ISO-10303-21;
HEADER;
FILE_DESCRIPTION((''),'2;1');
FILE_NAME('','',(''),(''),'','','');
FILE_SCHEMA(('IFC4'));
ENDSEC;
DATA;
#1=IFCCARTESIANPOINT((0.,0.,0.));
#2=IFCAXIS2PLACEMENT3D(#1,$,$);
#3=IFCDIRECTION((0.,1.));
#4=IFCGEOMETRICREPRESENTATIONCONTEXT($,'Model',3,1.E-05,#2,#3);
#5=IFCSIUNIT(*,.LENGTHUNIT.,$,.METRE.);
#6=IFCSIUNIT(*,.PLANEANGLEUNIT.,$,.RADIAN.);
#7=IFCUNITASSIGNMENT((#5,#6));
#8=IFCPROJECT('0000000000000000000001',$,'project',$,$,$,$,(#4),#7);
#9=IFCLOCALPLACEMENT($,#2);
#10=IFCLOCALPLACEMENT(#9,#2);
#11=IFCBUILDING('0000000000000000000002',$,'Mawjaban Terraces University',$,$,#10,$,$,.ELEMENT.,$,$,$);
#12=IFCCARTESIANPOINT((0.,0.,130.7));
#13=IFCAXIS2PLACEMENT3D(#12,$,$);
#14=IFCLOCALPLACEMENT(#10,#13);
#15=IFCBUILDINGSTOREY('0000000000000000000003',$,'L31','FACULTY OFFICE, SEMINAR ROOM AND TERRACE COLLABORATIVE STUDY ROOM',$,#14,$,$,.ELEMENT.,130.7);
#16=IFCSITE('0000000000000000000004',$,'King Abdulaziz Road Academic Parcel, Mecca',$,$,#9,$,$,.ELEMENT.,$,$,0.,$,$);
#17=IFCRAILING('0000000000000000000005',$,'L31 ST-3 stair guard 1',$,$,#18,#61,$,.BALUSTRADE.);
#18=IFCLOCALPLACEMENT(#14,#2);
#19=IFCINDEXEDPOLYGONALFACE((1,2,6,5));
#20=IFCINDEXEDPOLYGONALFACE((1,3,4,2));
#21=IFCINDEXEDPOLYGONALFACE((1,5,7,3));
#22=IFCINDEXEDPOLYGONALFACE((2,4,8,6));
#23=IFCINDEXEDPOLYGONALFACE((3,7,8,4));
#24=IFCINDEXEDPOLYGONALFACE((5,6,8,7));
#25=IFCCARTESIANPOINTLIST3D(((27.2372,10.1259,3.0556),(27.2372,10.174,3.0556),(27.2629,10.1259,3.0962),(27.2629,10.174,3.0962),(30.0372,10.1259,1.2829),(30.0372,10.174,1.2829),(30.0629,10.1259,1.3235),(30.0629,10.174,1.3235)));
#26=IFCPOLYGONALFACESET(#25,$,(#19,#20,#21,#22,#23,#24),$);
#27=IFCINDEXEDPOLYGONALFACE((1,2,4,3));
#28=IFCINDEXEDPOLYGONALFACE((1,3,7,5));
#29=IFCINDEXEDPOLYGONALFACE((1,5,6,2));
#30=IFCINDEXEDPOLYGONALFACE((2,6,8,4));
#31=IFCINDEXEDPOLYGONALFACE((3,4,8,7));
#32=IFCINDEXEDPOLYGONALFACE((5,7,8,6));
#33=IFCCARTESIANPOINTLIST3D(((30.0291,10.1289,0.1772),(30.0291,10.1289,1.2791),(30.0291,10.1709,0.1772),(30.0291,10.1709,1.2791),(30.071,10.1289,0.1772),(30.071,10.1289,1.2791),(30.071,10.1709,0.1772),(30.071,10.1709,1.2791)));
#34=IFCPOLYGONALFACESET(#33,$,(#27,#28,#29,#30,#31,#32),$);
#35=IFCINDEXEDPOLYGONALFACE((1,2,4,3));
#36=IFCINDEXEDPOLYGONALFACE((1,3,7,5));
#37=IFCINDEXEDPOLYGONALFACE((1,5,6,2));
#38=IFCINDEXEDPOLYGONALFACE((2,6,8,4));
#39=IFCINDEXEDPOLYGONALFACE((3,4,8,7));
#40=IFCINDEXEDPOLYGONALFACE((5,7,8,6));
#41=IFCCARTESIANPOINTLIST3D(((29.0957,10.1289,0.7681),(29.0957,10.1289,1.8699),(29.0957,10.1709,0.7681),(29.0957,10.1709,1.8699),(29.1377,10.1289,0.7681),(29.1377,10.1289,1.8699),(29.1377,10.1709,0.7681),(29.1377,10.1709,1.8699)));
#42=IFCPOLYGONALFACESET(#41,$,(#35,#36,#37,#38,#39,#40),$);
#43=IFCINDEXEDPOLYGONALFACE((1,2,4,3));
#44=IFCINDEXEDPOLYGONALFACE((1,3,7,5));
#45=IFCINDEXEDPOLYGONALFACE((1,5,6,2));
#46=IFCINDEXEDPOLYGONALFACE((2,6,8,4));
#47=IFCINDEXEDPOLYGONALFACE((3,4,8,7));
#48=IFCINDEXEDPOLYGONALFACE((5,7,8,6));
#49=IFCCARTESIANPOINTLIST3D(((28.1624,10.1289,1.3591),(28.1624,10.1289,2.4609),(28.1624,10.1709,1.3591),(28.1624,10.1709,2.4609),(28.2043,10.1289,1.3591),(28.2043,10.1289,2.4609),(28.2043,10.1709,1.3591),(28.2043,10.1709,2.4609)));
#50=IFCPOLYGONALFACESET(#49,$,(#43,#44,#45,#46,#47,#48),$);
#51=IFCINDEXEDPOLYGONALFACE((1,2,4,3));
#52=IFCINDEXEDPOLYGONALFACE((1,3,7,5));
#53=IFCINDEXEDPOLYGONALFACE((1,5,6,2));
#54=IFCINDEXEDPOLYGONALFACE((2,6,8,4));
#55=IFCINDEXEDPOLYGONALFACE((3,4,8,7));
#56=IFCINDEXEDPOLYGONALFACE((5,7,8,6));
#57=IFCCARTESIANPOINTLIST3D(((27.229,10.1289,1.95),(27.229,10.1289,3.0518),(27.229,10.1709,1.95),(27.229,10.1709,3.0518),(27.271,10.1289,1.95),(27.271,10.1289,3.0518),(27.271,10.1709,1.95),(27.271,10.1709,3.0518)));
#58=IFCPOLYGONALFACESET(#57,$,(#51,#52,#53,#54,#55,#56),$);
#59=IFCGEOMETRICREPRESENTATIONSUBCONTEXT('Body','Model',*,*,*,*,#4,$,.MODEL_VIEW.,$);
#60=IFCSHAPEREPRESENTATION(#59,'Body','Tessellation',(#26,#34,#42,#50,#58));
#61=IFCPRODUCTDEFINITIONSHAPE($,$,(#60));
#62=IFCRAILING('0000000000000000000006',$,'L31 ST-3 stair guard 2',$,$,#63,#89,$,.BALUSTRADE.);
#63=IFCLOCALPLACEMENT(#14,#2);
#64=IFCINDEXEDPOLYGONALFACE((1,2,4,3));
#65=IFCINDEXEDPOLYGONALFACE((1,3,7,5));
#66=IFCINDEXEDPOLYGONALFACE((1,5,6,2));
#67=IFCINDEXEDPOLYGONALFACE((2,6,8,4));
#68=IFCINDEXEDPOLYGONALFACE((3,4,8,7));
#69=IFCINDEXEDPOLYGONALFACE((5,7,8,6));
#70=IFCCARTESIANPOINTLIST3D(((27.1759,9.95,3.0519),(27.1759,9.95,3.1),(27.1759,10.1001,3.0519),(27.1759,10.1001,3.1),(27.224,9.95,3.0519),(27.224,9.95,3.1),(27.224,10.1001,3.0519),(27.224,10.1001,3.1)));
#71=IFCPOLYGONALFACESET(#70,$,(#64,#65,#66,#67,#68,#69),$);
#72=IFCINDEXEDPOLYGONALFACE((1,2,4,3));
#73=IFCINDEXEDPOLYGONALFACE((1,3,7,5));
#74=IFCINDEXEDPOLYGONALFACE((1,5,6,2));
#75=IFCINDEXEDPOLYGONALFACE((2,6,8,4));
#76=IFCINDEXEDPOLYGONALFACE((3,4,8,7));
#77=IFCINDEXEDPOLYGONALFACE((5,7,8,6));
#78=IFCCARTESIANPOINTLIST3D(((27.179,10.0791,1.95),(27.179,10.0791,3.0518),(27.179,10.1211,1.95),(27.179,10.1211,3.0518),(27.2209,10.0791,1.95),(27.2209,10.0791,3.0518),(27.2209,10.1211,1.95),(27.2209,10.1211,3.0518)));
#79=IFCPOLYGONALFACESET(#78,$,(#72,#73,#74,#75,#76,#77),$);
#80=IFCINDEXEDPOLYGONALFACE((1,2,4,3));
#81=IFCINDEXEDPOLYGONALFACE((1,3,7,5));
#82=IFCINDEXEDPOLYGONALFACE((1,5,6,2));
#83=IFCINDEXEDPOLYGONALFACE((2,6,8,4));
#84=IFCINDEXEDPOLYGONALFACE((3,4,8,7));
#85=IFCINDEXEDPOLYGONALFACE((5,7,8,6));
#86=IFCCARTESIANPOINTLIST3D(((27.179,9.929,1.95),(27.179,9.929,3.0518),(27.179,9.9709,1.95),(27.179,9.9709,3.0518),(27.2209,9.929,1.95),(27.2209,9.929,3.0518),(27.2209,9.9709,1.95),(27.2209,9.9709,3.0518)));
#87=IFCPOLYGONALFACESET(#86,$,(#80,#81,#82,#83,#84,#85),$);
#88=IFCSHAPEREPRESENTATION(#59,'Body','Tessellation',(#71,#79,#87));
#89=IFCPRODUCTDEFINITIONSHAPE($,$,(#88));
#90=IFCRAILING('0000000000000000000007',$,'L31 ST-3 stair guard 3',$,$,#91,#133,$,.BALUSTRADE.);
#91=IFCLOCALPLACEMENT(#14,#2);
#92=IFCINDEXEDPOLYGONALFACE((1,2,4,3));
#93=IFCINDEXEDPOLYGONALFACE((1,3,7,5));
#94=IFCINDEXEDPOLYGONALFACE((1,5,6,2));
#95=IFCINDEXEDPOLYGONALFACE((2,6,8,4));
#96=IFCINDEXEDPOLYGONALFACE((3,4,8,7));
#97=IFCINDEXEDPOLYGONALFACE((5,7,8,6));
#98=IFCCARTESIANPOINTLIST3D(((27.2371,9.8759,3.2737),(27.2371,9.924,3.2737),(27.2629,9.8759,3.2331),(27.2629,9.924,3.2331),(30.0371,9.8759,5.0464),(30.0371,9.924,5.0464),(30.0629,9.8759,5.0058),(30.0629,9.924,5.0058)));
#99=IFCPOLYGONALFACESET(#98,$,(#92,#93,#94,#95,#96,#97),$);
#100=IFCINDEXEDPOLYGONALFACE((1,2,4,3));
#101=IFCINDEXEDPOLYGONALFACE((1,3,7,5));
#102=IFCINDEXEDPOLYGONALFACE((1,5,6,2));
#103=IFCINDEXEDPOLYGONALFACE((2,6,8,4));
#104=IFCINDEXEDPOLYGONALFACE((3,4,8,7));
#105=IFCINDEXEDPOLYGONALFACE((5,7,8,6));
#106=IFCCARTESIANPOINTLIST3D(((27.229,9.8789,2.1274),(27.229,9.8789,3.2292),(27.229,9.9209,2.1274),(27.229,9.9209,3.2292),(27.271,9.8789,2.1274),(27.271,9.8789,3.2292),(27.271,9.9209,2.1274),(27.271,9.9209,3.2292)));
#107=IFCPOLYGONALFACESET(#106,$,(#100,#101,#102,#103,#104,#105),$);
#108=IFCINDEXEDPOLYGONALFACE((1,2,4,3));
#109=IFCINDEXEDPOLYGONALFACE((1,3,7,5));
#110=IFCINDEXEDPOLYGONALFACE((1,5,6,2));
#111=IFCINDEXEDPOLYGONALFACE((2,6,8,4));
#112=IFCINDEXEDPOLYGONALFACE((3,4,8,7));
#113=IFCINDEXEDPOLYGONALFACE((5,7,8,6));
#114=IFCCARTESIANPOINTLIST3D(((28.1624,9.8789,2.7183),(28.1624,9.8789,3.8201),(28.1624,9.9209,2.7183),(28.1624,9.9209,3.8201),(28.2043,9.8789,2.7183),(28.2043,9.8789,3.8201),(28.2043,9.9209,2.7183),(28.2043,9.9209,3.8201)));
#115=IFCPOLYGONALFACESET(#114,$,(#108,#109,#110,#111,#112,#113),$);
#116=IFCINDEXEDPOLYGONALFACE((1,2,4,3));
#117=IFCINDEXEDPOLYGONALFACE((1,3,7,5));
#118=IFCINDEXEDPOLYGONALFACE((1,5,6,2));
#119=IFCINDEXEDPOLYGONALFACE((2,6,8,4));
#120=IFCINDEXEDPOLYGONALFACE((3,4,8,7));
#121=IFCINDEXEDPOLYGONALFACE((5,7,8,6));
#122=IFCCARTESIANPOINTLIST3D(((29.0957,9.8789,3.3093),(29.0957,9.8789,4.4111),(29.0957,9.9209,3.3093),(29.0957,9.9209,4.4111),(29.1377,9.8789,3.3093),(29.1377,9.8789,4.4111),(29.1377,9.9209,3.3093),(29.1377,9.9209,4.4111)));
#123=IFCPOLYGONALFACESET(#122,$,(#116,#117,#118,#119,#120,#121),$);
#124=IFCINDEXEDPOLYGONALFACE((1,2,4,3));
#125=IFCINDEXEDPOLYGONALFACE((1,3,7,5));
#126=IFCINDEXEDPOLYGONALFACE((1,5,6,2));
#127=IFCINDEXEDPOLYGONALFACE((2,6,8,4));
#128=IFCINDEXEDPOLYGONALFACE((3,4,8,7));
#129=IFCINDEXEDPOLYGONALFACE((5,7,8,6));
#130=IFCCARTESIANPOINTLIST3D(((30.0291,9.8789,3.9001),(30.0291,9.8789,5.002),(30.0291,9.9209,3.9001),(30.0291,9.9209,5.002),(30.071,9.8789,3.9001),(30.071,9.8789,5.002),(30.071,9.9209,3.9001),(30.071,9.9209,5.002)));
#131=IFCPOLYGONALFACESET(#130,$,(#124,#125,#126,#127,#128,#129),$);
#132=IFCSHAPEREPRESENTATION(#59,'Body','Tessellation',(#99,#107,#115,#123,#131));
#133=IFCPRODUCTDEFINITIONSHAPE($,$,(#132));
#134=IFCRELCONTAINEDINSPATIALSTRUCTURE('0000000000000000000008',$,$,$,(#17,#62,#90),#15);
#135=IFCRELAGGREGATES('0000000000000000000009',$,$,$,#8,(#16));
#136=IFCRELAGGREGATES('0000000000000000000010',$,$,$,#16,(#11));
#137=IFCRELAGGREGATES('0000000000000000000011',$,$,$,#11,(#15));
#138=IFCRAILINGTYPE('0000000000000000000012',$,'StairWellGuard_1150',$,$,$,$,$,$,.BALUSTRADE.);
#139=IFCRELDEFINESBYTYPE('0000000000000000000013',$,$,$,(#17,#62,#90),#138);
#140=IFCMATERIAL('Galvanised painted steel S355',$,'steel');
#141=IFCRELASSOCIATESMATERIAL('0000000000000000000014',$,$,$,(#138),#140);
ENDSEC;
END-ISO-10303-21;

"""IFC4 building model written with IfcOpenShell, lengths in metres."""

from ifc_helpers import new_model, si_unit, direction, frame, origin, origin_2d, place, context, subcontext, project, spatial, rectangle, extrude, material, type_object, element, save


model = new_model("IFC4")

# Units and contexts
model_context = context("Model", 3, precision=1e-05, world=origin(), true_north=direction((0.0, 1.0)))
body_context = subcontext(model_context, "Body", "Model", "MODEL_VIEW")
ifc_project = project(units=[si_unit("LENGTHUNIT", "METRE"), si_unit("PLANEANGLEUNIT", "RADIAN")], contexts=[model_context])

# Site, building, storey
site_placement = place(None, origin())
site = spatial("IfcSite", under=ifc_project, at=site_placement, Name="King Abdulaziz Road Academic Parcel, Mecca", CompositionType="ELEMENT", RefElevation=0.0)
building_placement = place(site_placement, origin())
building = spatial("IfcBuilding", under=site, at=building_placement, Name="Mawjaban Terraces University", CompositionType="ELEMENT")
storey_placement = place(building_placement, frame((0.0, 0.0, 130.7)))
storey = spatial("IfcBuildingStorey", under=building, at=storey_placement, Name="L31", Description="FACULTY OFFICE, SEMINAR ROOM AND TERRACE COLLABORATIVE STUDY ROOM", CompositionType="ELEMENT", Elevation=130.7)

# Railings
ifc_material_1 = material(Name="Galvanised painted steel S355", Category="steel")
railing_type_1 = type_object("IfcRailingType", Name="StairWellGuard_1150", PredefinedType="BALUSTRADE", material=ifc_material_1)
railing_1_placement = place(storey_placement, frame((30.05, 10.1499, 0.1772)))
element("IfcRailing", 1, at=railing_1_placement, inside=storey, type_object=railing_type_1, Name="L31 ST-3 stair guard 1", PredefinedType="BALUSTRADE", context=body_context, shape_type="SweptSolid", body=[
    extrude(rectangle(XDim=0.0481, YDim=0.0481, at=origin_2d()), frame((0.0, 0.0, 1.126), z_axis=(-0.844909, 0.0, 0.53491), x_axis=(0.0, -1.0, 0.0)), (0.0, 0.0, 1.0), 3.314),
    extrude(rectangle(XDim=0.042, YDim=0.042, at=origin_2d()), origin(), (0.0, 0.0, 1.0), 1.1018),
    extrude(rectangle(XDim=0.042, YDim=0.042, at=origin_2d()), frame((-0.9333, 0.0, 0.5908)), (0.0, 0.0, 1.0), 1.1018),
    extrude(rectangle(XDim=0.042, YDim=0.042, at=origin_2d()), frame((-1.8667, 0.0, 1.1819)), (0.0, 0.0, 1.0), 1.1018),
    extrude(rectangle(XDim=0.042, YDim=0.042, at=origin_2d()), frame((-2.8, 0.0, 1.7727)), (0.0, 0.0, 1.0), 1.1018),
])
railing_2_placement = place(storey_placement, frame((27.2, 10.1001, 1.95)))
element("IfcRailing", 2, at=railing_2_placement, inside=storey, type_object=railing_type_1, Name="L31 ST-3 stair guard 2", PredefinedType="BALUSTRADE", context=body_context, shape_type="SweptSolid", body=[
    extrude(rectangle(XDim=0.0481, YDim=0.0481, at=origin_2d()), frame((0.0, 0.0, 1.126), z_axis=(0.0, -1.0, 0.0), x_axis=(1.0, 0.0, 0.0)), (0.0, 0.0, 1.0), 0.1501),
    extrude(rectangle(XDim=0.042, YDim=0.042, at=origin_2d()), origin(), (0.0, 0.0, 1.0), 1.1018),
    extrude(rectangle(XDim=0.042, YDim=0.042, at=origin_2d()), frame((0.0, -0.1501, 0.0)), (0.0, 0.0, 1.0), 1.1018),
])
railing_3_placement = place(storey_placement, frame((27.25, 9.8999, 2.1274)))
element("IfcRailing", 3, at=railing_3_placement, inside=storey, type_object=railing_type_1, Name="L31 ST-3 stair guard 3", PredefinedType="BALUSTRADE", context=body_context, shape_type="SweptSolid", body=[
    extrude(rectangle(XDim=0.0481, YDim=0.0481, at=origin_2d()), frame((0.0, 0.0, 1.126), z_axis=(0.844909, 0.0, 0.53491), x_axis=(0.0, 1.0, 0.0)), (0.0, 0.0, 1.0), 3.314),
    extrude(rectangle(XDim=0.042, YDim=0.042, at=origin_2d()), origin(), (0.0, 0.0, 1.0), 1.1018),
    extrude(rectangle(XDim=0.042, YDim=0.042, at=origin_2d()), frame((0.9333, 0.0, 0.5908)), (0.0, 0.0, 1.0), 1.1018),
    extrude(rectangle(XDim=0.042, YDim=0.042, at=origin_2d()), frame((1.8667, 0.0, 1.1819)), (0.0, 0.0, 1.0), 1.1018),
    extrude(rectangle(XDim=0.042, YDim=0.042, at=origin_2d()), frame((2.8, 0.0, 1.7727)), (0.0, 0.0, 1.0), 1.1018),
])

save(model, "model.ifc")
